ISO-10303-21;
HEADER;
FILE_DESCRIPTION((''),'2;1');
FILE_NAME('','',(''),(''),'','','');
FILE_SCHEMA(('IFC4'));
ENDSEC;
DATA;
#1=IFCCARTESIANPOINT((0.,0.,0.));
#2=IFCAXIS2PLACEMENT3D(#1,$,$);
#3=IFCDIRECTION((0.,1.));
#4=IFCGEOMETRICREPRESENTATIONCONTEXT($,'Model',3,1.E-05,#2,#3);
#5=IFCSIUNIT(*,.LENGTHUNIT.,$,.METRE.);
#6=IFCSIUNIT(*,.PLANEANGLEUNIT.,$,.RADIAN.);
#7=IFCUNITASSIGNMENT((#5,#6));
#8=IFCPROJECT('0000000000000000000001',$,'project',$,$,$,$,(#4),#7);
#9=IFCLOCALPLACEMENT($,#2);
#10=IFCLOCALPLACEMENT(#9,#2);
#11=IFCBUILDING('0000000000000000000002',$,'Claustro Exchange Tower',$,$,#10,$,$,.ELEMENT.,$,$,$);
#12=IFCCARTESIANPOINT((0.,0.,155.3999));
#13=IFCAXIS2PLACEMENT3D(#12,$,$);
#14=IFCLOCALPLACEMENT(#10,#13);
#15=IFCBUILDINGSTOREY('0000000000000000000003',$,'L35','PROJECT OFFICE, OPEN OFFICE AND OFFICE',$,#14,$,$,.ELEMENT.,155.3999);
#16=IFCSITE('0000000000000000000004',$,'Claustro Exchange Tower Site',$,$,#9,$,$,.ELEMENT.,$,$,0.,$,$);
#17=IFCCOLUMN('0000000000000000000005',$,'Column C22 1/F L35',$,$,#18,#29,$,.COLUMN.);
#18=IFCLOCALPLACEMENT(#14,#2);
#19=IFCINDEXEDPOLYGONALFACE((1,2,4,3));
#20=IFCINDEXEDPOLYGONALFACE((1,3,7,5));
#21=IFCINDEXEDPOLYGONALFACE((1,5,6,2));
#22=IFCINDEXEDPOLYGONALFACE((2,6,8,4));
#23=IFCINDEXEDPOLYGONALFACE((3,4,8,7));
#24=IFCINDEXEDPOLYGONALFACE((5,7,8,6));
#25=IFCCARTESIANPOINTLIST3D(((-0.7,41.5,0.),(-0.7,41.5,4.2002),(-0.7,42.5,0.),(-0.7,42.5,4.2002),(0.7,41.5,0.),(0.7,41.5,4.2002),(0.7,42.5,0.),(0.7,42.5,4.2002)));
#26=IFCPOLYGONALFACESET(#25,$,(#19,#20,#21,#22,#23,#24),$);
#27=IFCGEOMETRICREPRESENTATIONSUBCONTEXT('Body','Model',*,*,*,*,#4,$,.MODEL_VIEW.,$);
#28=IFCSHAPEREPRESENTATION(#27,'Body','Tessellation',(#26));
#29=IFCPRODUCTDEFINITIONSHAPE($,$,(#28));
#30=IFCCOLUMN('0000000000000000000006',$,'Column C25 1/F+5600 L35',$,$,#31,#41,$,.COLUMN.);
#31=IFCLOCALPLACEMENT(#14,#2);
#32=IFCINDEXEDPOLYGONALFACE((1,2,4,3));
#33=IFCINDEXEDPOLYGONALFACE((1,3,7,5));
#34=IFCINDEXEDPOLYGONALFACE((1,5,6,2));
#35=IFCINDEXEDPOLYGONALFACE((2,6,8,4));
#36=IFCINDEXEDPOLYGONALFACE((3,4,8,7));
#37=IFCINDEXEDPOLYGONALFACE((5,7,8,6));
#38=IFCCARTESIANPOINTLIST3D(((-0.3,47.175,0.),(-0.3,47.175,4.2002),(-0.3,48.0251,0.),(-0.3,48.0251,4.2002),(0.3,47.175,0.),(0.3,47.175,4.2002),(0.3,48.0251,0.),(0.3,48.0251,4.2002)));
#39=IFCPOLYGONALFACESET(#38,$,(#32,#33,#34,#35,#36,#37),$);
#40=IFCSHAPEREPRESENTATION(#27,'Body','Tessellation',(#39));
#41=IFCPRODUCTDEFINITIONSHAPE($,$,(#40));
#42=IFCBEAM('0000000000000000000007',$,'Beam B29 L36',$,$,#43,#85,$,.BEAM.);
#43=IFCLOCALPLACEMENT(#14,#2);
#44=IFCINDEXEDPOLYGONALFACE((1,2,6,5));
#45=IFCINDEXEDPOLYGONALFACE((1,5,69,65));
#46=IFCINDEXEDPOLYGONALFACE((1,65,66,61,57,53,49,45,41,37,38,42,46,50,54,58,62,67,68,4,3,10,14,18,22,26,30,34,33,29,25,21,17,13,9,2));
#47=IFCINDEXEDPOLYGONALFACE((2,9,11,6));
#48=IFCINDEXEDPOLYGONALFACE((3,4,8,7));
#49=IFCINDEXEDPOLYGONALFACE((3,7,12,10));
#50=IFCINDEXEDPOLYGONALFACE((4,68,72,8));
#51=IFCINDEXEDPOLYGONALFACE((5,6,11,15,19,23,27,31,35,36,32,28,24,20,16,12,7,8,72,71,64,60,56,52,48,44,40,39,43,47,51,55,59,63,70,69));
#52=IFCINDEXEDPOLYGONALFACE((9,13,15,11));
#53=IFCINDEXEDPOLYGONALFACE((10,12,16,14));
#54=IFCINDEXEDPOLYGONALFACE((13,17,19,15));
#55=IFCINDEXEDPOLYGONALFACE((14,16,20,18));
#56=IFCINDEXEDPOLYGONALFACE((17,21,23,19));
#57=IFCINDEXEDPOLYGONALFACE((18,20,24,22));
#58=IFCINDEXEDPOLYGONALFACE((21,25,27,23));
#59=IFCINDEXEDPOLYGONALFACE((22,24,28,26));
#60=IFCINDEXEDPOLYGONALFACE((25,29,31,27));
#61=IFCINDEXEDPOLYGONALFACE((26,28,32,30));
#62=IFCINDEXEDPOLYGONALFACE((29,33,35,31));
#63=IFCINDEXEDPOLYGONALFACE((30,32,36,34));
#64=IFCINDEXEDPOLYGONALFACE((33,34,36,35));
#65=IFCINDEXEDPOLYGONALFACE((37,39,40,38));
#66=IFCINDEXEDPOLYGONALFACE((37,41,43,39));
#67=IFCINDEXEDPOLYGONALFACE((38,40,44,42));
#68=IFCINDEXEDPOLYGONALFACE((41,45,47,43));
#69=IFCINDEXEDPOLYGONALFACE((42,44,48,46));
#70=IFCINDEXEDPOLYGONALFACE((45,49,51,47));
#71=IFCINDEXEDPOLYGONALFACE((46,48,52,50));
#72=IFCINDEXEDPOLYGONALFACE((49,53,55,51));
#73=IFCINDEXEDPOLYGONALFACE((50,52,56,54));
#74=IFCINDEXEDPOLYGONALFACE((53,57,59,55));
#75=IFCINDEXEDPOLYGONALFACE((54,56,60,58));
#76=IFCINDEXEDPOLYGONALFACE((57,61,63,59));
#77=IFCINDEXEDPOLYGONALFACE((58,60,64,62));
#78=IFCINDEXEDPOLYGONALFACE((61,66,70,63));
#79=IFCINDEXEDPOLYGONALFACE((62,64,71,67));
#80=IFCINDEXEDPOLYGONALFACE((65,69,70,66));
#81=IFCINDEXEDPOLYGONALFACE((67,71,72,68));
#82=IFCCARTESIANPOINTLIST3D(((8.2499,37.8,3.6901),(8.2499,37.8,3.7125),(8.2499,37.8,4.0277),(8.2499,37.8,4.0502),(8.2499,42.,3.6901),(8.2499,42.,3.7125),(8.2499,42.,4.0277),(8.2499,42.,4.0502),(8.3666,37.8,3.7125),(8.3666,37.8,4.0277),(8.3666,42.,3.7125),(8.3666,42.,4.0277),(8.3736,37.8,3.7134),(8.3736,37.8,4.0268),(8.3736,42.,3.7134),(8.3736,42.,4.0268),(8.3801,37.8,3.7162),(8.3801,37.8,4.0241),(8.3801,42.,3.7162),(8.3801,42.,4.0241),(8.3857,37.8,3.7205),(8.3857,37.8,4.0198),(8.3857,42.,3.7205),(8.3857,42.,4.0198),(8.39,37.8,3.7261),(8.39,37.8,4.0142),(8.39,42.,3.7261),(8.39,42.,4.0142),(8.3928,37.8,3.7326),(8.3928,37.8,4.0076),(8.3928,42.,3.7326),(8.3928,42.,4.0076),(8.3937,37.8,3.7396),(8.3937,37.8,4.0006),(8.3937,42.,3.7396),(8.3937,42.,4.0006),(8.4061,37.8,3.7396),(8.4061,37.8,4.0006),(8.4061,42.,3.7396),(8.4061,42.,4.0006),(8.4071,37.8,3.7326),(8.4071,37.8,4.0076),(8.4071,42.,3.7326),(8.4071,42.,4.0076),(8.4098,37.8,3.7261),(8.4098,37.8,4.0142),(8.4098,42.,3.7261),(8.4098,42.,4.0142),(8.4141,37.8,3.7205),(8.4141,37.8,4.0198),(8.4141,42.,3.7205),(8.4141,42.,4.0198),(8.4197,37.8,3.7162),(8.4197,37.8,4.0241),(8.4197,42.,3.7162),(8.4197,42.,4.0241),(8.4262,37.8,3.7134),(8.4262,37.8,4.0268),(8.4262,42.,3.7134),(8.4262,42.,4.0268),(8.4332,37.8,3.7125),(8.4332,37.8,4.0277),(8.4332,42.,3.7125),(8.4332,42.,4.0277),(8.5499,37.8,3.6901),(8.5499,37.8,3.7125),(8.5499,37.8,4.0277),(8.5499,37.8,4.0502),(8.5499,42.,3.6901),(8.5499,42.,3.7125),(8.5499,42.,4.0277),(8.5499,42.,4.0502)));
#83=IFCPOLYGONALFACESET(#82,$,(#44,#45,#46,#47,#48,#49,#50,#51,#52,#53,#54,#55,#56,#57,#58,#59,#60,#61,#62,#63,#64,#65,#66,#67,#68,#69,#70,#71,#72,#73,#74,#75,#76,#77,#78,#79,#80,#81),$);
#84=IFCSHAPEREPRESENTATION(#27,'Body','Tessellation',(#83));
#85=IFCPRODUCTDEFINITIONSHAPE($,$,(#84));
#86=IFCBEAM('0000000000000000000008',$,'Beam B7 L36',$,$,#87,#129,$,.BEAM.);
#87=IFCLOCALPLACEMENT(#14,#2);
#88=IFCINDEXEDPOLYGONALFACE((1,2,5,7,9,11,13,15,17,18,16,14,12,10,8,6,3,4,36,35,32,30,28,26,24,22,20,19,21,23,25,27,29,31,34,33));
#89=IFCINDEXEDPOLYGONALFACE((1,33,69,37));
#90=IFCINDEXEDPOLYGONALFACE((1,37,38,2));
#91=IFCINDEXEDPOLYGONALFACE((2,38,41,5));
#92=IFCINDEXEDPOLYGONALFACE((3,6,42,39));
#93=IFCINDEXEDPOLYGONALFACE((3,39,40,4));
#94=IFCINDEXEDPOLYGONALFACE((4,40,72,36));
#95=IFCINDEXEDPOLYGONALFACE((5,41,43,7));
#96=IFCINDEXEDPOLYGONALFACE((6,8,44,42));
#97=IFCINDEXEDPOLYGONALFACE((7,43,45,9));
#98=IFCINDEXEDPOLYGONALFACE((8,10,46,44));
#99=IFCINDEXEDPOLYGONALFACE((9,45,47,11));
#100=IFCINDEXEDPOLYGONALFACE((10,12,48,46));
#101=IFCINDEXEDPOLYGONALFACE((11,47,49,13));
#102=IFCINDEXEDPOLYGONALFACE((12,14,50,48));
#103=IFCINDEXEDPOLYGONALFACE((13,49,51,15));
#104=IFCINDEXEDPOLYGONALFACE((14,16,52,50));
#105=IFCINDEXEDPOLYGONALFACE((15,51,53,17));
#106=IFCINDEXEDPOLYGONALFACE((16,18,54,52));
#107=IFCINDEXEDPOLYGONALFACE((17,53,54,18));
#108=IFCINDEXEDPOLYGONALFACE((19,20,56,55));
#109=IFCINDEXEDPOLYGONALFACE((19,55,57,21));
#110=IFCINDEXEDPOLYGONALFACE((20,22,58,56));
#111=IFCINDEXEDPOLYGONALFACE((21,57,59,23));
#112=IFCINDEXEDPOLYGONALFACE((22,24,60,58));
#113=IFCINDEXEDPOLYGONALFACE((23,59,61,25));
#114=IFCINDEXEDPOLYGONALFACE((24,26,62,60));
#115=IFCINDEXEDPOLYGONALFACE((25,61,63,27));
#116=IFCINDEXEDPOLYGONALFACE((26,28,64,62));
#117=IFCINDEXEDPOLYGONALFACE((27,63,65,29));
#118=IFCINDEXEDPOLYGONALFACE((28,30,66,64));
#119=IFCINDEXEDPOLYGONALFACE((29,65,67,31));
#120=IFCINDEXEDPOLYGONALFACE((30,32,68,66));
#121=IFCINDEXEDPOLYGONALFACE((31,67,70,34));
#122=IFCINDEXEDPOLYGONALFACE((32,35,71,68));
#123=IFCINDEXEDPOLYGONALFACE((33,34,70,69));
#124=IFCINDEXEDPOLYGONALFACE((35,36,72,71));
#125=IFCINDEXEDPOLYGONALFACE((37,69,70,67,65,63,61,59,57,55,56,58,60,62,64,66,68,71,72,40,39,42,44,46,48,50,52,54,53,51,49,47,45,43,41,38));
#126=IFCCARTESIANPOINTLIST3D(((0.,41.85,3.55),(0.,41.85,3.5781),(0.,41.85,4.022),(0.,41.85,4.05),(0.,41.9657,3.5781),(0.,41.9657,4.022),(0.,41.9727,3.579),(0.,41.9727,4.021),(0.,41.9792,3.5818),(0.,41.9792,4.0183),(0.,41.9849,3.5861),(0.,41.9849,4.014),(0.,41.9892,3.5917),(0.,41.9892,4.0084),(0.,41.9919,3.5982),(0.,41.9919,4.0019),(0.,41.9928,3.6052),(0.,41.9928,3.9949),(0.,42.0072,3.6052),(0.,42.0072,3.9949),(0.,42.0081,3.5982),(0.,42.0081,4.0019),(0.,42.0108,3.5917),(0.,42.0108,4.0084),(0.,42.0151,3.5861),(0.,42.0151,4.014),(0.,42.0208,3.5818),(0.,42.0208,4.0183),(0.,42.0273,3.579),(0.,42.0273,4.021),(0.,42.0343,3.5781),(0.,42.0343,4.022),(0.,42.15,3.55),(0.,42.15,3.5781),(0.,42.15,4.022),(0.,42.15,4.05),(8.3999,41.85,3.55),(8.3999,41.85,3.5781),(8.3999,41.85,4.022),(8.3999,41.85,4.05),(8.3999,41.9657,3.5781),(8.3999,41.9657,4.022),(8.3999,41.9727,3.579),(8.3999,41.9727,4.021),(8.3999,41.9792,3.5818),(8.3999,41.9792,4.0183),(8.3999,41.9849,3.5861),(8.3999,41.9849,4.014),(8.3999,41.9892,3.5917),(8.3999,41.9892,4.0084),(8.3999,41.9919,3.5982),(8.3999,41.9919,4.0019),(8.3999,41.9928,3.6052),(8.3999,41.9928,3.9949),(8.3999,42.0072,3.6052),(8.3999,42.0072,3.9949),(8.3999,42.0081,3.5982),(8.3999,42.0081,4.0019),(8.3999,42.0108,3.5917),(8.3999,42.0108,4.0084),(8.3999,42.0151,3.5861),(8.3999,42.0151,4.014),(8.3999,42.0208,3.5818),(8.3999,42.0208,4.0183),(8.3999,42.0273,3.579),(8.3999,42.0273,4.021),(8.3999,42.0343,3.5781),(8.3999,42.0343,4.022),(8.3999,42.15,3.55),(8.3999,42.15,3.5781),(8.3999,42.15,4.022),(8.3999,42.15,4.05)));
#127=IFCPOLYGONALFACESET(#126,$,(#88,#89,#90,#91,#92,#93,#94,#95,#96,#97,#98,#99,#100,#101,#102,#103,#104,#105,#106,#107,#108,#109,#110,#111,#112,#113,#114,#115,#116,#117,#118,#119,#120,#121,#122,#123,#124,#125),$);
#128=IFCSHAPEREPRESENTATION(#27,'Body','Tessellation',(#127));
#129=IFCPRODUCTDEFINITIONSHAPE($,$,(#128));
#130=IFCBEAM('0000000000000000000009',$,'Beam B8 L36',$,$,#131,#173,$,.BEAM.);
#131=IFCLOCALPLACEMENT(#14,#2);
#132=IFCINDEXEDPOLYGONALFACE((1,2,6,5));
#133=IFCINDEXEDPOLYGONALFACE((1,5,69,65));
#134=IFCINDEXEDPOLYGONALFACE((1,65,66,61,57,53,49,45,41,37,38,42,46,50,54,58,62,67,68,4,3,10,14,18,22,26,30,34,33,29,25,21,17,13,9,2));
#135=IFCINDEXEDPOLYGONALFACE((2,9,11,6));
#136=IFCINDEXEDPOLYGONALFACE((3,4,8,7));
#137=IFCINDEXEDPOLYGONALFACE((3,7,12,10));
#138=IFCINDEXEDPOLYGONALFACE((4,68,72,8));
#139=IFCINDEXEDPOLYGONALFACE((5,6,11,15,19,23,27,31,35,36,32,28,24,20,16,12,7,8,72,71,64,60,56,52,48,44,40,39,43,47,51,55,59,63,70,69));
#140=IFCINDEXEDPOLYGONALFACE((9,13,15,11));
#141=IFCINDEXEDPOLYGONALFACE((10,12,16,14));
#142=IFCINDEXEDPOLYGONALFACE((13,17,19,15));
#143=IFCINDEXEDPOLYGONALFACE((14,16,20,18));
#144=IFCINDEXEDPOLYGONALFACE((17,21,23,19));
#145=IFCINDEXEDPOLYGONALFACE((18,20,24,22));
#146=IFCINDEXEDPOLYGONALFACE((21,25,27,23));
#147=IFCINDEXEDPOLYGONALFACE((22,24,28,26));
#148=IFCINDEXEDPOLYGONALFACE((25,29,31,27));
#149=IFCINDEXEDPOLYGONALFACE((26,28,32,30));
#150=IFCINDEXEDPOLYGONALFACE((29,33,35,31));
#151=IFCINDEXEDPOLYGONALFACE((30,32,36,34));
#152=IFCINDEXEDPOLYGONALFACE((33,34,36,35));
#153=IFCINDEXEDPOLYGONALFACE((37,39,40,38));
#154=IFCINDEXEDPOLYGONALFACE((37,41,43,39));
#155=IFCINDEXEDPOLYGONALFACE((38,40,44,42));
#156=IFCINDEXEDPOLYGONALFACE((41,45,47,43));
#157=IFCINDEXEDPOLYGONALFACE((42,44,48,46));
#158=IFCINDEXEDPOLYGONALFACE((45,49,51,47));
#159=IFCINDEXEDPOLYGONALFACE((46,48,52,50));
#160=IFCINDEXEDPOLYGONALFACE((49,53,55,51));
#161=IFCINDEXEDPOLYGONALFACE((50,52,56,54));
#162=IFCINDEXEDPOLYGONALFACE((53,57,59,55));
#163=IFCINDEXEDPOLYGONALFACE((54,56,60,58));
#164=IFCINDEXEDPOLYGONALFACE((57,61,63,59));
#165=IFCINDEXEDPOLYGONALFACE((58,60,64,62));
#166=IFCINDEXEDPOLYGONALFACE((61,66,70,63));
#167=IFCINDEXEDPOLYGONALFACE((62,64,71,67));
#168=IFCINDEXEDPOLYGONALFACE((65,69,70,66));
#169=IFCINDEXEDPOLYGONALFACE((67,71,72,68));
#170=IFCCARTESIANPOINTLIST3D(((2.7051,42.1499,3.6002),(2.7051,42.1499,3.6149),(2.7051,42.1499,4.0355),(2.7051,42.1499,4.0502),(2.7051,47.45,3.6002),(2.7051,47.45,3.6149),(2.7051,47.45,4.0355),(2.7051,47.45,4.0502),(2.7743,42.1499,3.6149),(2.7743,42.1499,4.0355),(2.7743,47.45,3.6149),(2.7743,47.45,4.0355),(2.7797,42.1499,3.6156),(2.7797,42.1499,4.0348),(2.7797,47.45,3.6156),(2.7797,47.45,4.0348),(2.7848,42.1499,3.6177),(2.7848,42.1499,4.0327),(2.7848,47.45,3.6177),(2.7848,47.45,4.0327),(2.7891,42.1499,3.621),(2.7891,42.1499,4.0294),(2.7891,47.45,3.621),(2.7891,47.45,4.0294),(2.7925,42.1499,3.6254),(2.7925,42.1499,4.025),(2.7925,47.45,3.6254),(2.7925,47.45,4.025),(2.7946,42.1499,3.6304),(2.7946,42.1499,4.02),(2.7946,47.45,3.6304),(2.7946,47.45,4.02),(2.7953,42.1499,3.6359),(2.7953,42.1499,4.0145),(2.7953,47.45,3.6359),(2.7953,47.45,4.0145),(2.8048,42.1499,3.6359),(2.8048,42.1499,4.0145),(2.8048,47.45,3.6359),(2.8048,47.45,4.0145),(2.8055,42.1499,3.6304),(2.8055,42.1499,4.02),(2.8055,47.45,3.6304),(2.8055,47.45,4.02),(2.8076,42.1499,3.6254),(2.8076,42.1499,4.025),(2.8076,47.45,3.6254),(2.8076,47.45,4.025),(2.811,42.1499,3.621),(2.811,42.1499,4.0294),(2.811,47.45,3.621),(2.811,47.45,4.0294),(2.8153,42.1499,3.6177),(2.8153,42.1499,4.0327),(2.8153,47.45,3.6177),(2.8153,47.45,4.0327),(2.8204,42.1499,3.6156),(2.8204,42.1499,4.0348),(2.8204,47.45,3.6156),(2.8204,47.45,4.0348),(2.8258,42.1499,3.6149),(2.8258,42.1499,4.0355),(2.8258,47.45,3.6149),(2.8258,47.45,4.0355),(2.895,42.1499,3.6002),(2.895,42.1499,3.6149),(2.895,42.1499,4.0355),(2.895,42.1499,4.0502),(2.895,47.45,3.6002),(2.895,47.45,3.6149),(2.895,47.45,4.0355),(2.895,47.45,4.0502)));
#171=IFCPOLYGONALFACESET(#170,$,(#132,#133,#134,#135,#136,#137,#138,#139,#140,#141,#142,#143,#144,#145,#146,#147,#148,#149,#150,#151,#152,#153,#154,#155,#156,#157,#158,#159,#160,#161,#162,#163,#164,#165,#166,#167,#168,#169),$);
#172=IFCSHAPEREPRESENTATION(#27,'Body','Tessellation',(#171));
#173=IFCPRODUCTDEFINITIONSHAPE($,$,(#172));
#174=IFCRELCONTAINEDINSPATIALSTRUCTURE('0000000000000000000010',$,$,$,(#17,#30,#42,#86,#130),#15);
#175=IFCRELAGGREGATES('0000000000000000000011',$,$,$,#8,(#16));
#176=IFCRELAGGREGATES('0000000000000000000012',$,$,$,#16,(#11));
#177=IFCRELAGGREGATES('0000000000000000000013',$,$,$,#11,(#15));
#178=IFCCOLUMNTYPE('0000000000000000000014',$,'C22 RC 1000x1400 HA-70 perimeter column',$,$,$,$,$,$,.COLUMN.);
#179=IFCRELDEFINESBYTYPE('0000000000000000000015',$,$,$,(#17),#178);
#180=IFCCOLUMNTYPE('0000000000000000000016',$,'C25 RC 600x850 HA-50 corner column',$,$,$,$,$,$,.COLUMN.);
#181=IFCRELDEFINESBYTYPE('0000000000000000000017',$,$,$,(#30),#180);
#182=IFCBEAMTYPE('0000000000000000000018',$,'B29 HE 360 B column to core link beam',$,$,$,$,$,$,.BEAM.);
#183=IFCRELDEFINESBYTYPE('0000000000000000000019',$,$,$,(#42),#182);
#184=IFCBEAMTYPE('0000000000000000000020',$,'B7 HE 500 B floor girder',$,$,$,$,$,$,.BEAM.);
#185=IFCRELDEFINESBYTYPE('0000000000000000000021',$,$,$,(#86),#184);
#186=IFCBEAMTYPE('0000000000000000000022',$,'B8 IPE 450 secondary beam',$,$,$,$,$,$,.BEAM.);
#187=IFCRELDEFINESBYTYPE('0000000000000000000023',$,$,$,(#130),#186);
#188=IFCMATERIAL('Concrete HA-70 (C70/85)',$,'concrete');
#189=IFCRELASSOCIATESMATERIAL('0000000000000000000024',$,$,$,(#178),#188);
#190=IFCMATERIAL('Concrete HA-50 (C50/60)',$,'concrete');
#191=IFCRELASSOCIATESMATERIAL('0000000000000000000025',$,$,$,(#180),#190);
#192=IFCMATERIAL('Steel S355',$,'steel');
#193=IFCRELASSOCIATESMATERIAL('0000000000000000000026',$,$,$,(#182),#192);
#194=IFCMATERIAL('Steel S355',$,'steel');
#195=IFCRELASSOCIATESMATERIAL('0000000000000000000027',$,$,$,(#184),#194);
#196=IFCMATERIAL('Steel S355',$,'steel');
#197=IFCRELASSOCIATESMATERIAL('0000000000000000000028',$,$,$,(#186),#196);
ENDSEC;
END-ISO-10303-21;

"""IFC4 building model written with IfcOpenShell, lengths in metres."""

from ifc_helpers import new_model, si_unit, direction, frame, origin, origin_2d, place, context, subcontext, project, spatial, rectangle, i_section, extrude, material, material_profile, profile_set, type_object, element, save


model = new_model("IFC4")

# Units and contexts
model_context = context("Model", 3, precision=1e-05, world=origin(), true_north=direction((0.0, 1.0)))
body_context = subcontext(model_context, "Body", "Model", "MODEL_VIEW")
ifc_project = project(units=[si_unit("LENGTHUNIT", "METRE"), si_unit("PLANEANGLEUNIT", "RADIAN")], contexts=[model_context])

# Site, building, storey
site_placement = place(None, origin())
site = spatial("IfcSite", under=ifc_project, at=site_placement, Name="Claustro Exchange Tower Site", CompositionType="ELEMENT", RefElevation=0.0)
building_placement = place(site_placement, origin())
building = spatial("IfcBuilding", under=site, at=building_placement, Name="Claustro Exchange Tower", CompositionType="ELEMENT")
storey_placement = place(building_placement, frame((0.0, 0.0, 155.3999)))
storey = spatial("IfcBuildingStorey", under=building, at=storey_placement, Name="L35", Description="PROJECT OFFICE, OPEN OFFICE AND OFFICE", CompositionType="ELEMENT", Elevation=155.3999)

# Columns
ifc_material_1 = material(Name="Concrete HA-70 (C70/85)", Category="concrete")
ifc_material_profile_1 = material_profile(ifc_material_1, rectangle(XDim=1.0, YDim=1.3999, at=origin_2d()), Name="RC 1000x1400")
ifc_profile_set_1 = profile_set([ifc_material_profile_1], Name="Concrete HA-70 (C70/85)")
column_type_1 = type_object("IfcColumnType", Name="C22 RC 1000x1400 HA-70 perimeter column", PredefinedType="COLUMN", material=ifc_profile_set_1)
column_1_placement = place(storey_placement, frame((0.0, 42.0, 0.0), z_axis=(0.0, 0.0, 1.0), x_axis=(0.0, 1.0, 0.0)))
element("IfcColumn", 1, at=column_1_placement, inside=storey, type_object=column_type_1, Name="Column C22 1/F L35", PredefinedType="COLUMN", context=body_context, shape_type="SweptSolid", body=[
    extrude(rectangle(XDim=1.0, YDim=1.3999, at=origin_2d()), origin(), (0.0, 0.0, 1.0), 4.2002),
])
ifc_material_2 = material(Name="Concrete HA-50 (C50/60)", Category="concrete")
ifc_material_profile_2 = material_profile(ifc_material_2, rectangle(XDim=0.6001, YDim=0.8501, at=origin_2d()), Name="RC 600x850")
ifc_profile_set_2 = profile_set([ifc_material_profile_2], Name="Concrete HA-50 (C50/60)")
column_type_2 = type_object("IfcColumnType", Name="C25 RC 600x850 HA-50 corner column", PredefinedType="COLUMN", material=ifc_profile_set_2)
column_2_placement = place(storey_placement, frame((0.0, 47.6001, 0.0), z_axis=(0.0, 0.0, 1.0), x_axis=(1.0, 0.0, 0.0)))
element("IfcColumn", 2, at=column_2_placement, inside=storey, type_object=column_type_2, Name="Column C25 1/F+5600 L35", PredefinedType="COLUMN", context=body_context, shape_type="SweptSolid", body=[
    extrude(rectangle(XDim=0.6001, YDim=0.8501, at=origin_2d()), origin(), (0.0, 0.0, 1.0), 4.2002),
])

# Beams
ifc_material_3 = material(Name="Steel S355", Category="steel")
ifc_material_profile_3 = material_profile(ifc_material_3, i_section(OverallWidth=0.3, OverallDepth=0.3601, WebThickness=0.0125, FlangeThickness=0.0225, FilletRadius=0.0271, at=origin_2d()), Name="HE 360 B")
ifc_profile_set_3 = profile_set([ifc_material_profile_3], Name="Steel S355")
beam_type_1 = type_object("IfcBeamType", Name="B29 HE 360 B column to core link beam", PredefinedType="BEAM", material=ifc_profile_set_3)
beam_1_placement = place(storey_placement, frame((8.3999, 37.8, 3.8701), z_axis=(0.0, 1.0, 0.0), x_axis=(-1.0, 0.0, 0.0)))
element("IfcBeam", 3, at=beam_1_placement, inside=storey, type_object=beam_type_1, Name="Beam B29 L36", PredefinedType="BEAM", context=body_context, shape_type="SweptSolid", body=[
    extrude(i_section(OverallWidth=0.3, OverallDepth=0.3601, WebThickness=0.0125, FlangeThickness=0.0225, FilletRadius=0.0271, at=origin_2d()), origin(), (0.0, 0.0, 1.0), 4.2),
])
ifc_material_4 = material(Name="Steel S355", Category="steel")
ifc_material_profile_4 = material_profile(ifc_material_4, i_section(OverallWidth=0.3, OverallDepth=0.5, WebThickness=0.0144, FlangeThickness=0.0281, FilletRadius=0.0271, at=origin_2d()), Name="HE 500 B")
ifc_profile_set_4 = profile_set([ifc_material_profile_4], Name="Steel S355")
beam_type_2 = type_object("IfcBeamType", Name="B7 HE 500 B floor girder", PredefinedType="BEAM", material=ifc_profile_set_4)
beam_2_placement = place(storey_placement, frame((0.0, 42.0, 3.8), z_axis=(1.0, 0.0, 0.0), x_axis=(0.0, 1.0, 0.0)))
element("IfcBeam", 4, at=beam_2_placement, inside=storey, type_object=beam_type_2, Name="Beam B7 L36", PredefinedType="BEAM", context=body_context, shape_type="SweptSolid", body=[
    extrude(i_section(OverallWidth=0.3, OverallDepth=0.5, WebThickness=0.0144, FlangeThickness=0.0281, FilletRadius=0.0271, at=origin_2d()), origin(), (0.0, 0.0, 1.0), 8.3999),
])
ifc_material_5 = material(Name="Steel S355", Category="steel")
ifc_material_profile_5 = material_profile(ifc_material_5, i_section(OverallWidth=0.1899, OverallDepth=0.45, WebThickness=0.0095, FlangeThickness=0.0146, FilletRadius=0.021, at=origin_2d()), Name="IPE 450")
ifc_profile_set_5 = profile_set([ifc_material_profile_5], Name="Steel S355")
beam_type_3 = type_object("IfcBeamType", Name="B8 IPE 450 secondary beam", PredefinedType="BEAM", material=ifc_profile_set_5)
for number, where, z_axis, x_axis, name in (
    (5, (2.8, 42.1499, 3.8252), (0.0, 1.0, 0.0), (-1.0, 0.0, 0.0), "Beam B8 L36"),
):
    element("IfcBeam", number, at=place(storey_placement, frame(where, z_axis=z_axis, x_axis=x_axis)), inside=storey, type_object=beam_type_3, Name=name, PredefinedType="BEAM", context=body_context, shape_type="SweptSolid", body=[
        extrude(i_section(OverallWidth=0.1899, OverallDepth=0.45, WebThickness=0.0095, FlangeThickness=0.0146, FilletRadius=0.021, at=origin_2d()), origin(), (0.0, 0.0, 1.0), 5.3),
    ])

save(model, "model.ifc")
